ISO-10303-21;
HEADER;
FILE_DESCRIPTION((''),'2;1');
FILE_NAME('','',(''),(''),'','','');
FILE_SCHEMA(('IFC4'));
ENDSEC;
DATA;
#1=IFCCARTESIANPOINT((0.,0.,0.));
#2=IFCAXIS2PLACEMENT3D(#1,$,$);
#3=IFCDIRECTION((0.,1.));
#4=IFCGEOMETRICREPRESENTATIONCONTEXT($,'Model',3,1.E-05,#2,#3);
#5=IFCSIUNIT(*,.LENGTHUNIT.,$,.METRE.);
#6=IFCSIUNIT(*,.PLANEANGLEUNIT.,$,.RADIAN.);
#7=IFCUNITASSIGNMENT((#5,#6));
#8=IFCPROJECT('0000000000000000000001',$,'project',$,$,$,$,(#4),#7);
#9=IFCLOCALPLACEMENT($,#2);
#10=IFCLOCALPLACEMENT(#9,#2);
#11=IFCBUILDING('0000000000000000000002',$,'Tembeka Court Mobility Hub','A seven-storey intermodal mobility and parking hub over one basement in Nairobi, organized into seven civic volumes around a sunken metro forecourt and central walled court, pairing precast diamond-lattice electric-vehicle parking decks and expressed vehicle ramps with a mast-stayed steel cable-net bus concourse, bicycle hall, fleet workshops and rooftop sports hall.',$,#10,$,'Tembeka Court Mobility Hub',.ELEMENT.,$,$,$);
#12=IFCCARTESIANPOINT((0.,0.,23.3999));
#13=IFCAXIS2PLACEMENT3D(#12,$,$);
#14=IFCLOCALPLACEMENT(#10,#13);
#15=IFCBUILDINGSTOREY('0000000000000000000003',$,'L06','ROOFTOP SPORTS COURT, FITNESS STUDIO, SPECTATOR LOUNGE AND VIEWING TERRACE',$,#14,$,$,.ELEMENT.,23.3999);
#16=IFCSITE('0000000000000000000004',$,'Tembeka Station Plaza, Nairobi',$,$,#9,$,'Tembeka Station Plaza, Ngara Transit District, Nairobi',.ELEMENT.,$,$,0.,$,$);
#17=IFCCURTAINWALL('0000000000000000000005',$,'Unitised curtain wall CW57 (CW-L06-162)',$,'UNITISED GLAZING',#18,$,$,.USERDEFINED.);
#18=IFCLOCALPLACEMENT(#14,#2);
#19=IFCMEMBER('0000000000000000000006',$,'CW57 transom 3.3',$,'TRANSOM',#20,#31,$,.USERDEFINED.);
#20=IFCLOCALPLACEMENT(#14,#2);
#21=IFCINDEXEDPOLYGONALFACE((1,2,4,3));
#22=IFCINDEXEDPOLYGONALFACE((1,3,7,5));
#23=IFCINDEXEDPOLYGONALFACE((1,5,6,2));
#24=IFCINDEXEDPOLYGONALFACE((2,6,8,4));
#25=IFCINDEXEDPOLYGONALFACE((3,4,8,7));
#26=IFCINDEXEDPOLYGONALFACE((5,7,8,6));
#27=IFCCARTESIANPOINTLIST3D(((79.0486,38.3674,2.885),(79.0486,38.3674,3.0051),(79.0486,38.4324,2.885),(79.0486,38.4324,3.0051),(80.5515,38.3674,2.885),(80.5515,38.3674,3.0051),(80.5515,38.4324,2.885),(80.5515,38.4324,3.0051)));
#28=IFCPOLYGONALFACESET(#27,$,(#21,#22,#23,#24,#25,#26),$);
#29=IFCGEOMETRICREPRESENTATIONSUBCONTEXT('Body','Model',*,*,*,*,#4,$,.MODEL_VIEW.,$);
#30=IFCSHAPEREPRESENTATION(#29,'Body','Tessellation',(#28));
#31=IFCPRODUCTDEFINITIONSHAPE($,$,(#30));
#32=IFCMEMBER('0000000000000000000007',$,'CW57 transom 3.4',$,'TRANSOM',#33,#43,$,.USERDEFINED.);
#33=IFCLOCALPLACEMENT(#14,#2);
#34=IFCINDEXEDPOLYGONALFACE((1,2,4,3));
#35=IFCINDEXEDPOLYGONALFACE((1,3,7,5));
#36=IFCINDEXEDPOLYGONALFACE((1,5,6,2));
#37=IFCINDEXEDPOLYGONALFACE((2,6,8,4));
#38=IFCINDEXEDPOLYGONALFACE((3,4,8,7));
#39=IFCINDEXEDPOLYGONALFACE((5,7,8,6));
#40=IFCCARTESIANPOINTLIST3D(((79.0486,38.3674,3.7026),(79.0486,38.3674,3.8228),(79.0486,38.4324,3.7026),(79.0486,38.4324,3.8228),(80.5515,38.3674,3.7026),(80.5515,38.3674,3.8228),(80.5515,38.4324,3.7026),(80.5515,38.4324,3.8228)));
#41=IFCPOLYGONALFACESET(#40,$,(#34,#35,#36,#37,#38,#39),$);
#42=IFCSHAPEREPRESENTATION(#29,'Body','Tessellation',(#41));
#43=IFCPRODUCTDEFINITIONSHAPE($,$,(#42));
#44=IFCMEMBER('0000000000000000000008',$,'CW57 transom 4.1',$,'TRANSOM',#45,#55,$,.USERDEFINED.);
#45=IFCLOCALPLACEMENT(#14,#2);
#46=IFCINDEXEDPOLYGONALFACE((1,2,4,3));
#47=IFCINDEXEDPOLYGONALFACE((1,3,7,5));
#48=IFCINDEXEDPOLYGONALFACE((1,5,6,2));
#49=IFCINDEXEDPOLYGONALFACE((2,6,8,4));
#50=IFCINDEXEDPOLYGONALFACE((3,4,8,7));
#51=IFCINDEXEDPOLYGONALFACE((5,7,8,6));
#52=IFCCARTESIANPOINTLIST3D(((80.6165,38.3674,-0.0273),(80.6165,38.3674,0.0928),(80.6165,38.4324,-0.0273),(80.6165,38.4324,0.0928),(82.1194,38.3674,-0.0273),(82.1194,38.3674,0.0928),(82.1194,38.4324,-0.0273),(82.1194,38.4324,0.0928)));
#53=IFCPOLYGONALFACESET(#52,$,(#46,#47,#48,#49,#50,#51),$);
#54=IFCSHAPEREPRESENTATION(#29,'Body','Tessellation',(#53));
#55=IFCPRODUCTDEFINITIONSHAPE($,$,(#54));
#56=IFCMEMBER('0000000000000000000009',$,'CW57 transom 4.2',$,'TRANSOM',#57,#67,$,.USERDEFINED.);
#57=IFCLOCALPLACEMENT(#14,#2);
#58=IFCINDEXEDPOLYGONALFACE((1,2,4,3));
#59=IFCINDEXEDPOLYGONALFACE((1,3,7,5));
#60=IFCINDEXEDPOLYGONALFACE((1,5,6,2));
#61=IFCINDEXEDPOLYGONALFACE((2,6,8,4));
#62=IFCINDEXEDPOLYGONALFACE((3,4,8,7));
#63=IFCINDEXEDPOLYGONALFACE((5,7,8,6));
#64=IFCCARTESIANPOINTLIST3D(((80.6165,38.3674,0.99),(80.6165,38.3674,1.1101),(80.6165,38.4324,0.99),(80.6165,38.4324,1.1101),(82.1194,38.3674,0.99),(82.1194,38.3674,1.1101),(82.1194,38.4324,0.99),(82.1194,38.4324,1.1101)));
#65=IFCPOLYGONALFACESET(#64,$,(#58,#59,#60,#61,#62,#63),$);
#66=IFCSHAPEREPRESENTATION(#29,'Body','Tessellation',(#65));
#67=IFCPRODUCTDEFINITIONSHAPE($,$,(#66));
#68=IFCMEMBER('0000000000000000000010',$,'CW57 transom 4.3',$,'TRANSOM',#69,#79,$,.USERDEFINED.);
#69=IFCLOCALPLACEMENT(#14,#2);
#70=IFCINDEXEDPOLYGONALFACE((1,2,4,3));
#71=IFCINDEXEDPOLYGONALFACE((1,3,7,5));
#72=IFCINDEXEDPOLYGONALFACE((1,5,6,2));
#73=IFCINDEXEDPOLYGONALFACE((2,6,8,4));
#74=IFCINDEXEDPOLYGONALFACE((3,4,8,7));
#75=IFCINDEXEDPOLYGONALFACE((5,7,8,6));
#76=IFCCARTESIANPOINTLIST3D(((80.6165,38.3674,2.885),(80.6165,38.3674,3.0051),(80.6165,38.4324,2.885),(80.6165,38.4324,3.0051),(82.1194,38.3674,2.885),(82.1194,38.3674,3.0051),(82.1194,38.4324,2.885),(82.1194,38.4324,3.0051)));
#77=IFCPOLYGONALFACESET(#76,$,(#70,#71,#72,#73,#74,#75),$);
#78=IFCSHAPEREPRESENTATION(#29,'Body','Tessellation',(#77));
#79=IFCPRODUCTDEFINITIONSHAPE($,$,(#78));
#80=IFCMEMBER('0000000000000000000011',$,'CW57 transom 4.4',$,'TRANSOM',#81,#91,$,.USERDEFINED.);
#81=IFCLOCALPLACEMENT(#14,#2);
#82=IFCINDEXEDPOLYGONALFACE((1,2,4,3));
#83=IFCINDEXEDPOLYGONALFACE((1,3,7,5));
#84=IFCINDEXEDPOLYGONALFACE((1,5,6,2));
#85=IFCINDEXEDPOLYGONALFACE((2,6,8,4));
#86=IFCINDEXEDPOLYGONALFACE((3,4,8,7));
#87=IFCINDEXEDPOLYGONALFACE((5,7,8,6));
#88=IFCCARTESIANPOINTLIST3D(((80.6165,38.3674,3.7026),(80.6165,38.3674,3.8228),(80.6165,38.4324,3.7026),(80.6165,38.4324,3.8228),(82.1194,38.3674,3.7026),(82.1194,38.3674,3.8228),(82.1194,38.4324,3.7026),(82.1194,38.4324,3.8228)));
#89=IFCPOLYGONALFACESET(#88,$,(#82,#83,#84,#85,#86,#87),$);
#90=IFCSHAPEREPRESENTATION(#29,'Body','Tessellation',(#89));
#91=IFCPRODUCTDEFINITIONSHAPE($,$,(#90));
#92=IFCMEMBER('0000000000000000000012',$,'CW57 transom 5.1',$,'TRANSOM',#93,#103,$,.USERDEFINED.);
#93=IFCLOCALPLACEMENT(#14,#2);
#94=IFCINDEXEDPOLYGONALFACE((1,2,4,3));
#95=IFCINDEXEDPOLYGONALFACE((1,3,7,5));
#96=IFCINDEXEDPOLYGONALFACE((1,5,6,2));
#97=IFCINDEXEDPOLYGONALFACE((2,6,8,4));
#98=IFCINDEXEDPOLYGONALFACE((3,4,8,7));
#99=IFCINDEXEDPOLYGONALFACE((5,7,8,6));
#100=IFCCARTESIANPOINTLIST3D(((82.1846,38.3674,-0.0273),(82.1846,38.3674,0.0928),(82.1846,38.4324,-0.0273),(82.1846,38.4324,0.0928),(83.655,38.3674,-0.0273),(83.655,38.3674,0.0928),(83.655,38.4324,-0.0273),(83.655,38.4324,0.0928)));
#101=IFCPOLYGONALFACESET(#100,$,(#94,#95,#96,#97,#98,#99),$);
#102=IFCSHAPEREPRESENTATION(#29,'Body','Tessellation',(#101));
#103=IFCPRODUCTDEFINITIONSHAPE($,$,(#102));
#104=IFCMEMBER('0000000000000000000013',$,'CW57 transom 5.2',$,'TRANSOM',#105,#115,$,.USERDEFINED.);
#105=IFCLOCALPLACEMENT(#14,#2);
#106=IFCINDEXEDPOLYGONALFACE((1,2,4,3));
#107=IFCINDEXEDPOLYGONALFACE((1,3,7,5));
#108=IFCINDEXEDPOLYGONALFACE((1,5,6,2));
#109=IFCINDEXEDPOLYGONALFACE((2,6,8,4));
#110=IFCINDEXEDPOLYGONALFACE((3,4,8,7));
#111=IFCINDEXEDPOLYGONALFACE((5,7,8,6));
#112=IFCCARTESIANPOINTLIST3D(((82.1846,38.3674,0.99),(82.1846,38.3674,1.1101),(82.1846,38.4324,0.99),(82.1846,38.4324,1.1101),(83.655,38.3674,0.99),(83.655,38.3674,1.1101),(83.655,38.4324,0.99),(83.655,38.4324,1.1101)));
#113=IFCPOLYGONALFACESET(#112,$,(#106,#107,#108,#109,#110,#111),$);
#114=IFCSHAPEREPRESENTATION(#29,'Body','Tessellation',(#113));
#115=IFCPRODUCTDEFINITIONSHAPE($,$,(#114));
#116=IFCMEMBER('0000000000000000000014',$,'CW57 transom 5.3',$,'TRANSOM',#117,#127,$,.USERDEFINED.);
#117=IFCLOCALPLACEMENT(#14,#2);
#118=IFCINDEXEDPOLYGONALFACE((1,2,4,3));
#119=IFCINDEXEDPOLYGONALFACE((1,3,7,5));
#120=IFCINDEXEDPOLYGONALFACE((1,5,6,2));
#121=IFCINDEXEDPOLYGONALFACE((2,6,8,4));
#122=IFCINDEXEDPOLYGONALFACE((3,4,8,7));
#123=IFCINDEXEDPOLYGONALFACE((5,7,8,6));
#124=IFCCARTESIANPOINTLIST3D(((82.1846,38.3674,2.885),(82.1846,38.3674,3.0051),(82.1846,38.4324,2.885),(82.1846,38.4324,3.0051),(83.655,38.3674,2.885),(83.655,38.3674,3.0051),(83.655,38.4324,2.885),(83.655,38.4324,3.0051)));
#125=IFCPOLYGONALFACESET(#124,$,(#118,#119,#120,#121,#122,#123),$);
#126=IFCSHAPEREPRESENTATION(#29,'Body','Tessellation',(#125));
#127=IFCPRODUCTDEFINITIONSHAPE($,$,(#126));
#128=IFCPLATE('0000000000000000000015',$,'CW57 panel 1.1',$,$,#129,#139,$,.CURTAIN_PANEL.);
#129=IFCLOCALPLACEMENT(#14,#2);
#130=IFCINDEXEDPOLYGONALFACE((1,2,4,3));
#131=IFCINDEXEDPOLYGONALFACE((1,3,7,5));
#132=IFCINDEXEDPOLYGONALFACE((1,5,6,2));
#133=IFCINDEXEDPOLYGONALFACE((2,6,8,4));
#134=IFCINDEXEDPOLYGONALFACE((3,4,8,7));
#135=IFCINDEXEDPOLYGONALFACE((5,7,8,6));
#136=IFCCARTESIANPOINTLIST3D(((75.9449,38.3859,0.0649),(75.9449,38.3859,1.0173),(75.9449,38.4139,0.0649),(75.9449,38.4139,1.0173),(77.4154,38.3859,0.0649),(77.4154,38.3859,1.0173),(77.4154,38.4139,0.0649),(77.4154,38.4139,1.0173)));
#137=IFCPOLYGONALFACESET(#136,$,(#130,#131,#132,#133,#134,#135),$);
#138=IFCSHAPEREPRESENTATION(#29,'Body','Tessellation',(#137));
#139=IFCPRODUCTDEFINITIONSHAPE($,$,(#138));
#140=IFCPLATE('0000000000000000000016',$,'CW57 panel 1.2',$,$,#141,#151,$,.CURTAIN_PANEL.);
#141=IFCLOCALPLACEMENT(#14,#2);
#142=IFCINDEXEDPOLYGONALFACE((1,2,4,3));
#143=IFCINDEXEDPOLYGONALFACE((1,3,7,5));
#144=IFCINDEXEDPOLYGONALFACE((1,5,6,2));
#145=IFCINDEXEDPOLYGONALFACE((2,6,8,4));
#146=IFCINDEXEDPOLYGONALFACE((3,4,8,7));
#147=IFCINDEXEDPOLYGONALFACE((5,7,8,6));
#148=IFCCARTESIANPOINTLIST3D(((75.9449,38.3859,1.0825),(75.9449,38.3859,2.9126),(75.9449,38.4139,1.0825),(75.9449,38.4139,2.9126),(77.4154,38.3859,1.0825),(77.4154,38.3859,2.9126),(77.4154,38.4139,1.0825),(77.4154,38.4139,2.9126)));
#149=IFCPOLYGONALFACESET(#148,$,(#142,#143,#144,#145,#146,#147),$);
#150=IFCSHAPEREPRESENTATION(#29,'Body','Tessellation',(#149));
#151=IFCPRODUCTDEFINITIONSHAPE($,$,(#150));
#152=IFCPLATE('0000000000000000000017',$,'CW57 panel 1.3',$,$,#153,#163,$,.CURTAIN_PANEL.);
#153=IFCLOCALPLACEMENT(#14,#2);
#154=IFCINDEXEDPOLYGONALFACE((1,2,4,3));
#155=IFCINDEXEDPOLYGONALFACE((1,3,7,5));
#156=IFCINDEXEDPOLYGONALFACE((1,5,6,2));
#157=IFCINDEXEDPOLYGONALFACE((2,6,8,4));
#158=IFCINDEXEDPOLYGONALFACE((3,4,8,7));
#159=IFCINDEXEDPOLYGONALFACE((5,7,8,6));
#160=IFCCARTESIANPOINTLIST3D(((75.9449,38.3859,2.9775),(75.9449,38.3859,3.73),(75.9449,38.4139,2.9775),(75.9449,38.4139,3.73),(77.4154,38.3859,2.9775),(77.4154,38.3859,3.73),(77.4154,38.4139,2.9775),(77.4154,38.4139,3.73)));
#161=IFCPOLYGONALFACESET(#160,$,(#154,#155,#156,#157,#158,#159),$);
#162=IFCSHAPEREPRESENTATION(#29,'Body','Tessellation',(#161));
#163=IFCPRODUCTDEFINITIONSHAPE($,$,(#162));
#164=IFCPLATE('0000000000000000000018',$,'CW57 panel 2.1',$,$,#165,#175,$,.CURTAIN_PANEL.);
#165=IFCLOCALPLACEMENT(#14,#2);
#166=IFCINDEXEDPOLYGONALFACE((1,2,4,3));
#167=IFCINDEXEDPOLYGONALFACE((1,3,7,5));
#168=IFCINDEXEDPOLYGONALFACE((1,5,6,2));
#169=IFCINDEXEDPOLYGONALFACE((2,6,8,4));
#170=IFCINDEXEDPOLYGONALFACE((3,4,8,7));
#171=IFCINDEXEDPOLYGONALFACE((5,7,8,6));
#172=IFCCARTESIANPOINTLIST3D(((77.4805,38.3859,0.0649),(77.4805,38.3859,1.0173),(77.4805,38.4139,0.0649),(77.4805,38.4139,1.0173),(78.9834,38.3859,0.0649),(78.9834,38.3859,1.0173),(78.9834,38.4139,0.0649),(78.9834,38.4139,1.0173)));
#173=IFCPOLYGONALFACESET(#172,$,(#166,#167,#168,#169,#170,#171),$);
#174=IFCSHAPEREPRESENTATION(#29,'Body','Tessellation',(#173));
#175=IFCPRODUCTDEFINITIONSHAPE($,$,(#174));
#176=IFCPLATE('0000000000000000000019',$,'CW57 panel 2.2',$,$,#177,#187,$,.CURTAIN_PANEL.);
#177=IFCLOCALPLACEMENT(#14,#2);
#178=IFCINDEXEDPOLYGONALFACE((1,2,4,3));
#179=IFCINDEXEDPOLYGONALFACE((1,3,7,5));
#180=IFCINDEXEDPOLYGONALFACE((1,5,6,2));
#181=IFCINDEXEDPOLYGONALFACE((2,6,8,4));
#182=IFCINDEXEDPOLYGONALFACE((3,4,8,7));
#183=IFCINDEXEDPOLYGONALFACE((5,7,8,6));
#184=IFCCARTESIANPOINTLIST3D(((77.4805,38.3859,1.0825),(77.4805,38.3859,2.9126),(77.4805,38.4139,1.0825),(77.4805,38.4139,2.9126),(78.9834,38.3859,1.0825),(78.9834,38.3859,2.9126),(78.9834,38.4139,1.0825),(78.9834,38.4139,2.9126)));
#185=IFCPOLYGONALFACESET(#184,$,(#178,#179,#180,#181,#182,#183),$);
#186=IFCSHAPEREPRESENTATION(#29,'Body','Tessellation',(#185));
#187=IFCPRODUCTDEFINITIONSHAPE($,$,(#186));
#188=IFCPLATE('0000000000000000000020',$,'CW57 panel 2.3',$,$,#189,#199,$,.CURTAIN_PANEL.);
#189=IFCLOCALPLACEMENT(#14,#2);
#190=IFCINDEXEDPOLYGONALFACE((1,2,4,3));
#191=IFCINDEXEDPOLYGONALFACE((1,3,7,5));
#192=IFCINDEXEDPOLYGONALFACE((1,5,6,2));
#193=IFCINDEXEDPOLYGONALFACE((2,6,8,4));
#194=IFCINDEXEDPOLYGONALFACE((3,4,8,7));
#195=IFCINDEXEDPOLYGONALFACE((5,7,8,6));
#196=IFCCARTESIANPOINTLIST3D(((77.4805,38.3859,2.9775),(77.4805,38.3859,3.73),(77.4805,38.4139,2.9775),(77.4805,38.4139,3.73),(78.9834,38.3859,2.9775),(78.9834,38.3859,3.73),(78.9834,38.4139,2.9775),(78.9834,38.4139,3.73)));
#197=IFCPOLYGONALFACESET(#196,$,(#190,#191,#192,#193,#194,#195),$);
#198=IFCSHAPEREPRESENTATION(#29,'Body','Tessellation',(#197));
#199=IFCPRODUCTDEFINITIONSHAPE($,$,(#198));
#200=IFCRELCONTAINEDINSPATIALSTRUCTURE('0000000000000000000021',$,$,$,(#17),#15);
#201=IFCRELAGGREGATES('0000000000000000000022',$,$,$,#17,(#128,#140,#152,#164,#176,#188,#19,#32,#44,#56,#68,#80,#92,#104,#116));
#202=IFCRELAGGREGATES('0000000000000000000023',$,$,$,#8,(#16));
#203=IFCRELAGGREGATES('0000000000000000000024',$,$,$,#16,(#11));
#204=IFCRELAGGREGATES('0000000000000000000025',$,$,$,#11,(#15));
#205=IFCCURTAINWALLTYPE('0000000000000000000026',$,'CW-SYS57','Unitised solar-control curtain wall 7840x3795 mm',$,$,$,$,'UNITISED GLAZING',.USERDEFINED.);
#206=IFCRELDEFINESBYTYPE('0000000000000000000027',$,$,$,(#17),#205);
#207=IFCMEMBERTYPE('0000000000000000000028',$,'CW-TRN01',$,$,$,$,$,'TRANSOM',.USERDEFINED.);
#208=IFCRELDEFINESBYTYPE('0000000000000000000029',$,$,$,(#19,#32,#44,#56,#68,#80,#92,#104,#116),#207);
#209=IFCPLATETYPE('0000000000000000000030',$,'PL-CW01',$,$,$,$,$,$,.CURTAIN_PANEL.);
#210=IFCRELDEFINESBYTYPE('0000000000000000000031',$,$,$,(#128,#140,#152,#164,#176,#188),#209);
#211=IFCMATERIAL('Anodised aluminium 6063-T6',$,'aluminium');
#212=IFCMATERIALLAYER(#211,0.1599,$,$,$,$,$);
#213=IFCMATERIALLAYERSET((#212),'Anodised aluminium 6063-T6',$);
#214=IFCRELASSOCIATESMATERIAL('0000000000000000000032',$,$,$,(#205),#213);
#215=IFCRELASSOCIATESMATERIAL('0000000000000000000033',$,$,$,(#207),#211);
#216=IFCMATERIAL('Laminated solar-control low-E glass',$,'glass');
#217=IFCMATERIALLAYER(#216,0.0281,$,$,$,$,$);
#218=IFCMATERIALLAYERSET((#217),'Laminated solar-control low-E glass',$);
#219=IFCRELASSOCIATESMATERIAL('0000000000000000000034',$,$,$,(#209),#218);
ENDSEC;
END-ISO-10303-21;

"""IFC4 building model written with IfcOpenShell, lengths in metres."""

from ifc_helpers import new_model, si_unit, direction, frame, origin, origin_2d, place, context, subcontext, project, spatial, rectangle, extrude, material, layer, layer_set, material_profile, profile_set, type_object, element, aggregate, save


model = new_model("IFC4")

# Units and contexts
model_context = context("Model", 3, precision=1e-05, world=origin(), true_north=direction((0.0, 1.0)))
body_context = subcontext(model_context, "Body", "Model", "MODEL_VIEW")
ifc_project = project(units=[si_unit("LENGTHUNIT", "METRE"), si_unit("PLANEANGLEUNIT", "RADIAN")], contexts=[model_context])

# Site, building, storey
site_placement = place(None, origin())
site = spatial("IfcSite", under=ifc_project, at=site_placement, Name="Tembeka Station Plaza, Nairobi", LongName="Tembeka Station Plaza, Ngara Transit District, Nairobi", CompositionType="ELEMENT", RefElevation=0.0)
building_placement = place(site_placement, origin())
building = spatial("IfcBuilding", under=site, at=building_placement, Name="Tembeka Court Mobility Hub", Description="A seven-storey intermodal mobility and parking hub over one basement in Nairobi, organized into seven civic volumes around a sunken metro forecourt and central walled court, pairing precast diamond-lattice electric-vehicle parking decks and expressed vehicle ramps with a mast-stayed steel cable-net bus concourse, bicycle hall, fleet workshops and rooftop sports hall.", LongName="Tembeka Court Mobility Hub", CompositionType="ELEMENT")
storey_placement = place(building_placement, frame((0.0, 0.0, 23.3999)))
storey = spatial("IfcBuildingStorey", under=building, at=storey_placement, Name="L06", Description="ROOFTOP SPORTS COURT, FITNESS STUDIO, SPECTATOR LOUNGE AND VIEWING TERRACE", CompositionType="ELEMENT", Elevation=23.3999)

# Curtain wall, members, plates
ifc_material_1 = material(Name="Anodised aluminium 6063-T6", Category="aluminium")
ifc_layer_1 = layer(ifc_material_1, 0.1599)
ifc_layer_set_1 = layer_set([ifc_layer_1], Name="Anodised aluminium 6063-T6")
curtain_wall_type = type_object("IfcCurtainWallType", Name="CW-SYS57", Description="Unitised solar-control curtain wall 7840x3795 mm", ElementType="UNITISED GLAZING", PredefinedType="USERDEFINED", material=ifc_layer_set_1)
curtain_wall_placement = place(storey_placement, origin())
curtain_wall = element("IfcCurtainWall", 1, at=curtain_wall_placement, inside=storey, type_object=curtain_wall_type, Name="Unitised curtain wall CW57 (CW-L06-162)", ObjectType="UNITISED GLAZING", PredefinedType="USERDEFINED")
ifc_material_profile_1 = material_profile(ifc_material_1, rectangle(XDim=0.0649, YDim=0.1201, at=origin_2d()), Name="ALU-TRN 65x120")
ifc_profile_set_1 = profile_set([ifc_material_profile_1], Name="Anodised aluminium 6063-T6")
member_type_1 = type_object("IfcMemberType", Name="CW-TRN01", ElementType="TRANSOM", PredefinedType="USERDEFINED", material=ifc_profile_set_1)
member_1_placement = place(storey_placement, frame((79.0486, 38.3999, 2.9451), z_axis=(1.0, 0.0, 0.0), x_axis=(0.0, 1.0, 0.0)))
member_1 = element("IfcMember", 2, at=member_1_placement, type_object=member_type_1, Name="CW57 transom 3.3", ObjectType="TRANSOM", PredefinedType="USERDEFINED", context=body_context, shape_type="SweptSolid", body=[
    extrude(rectangle(XDim=0.0649, YDim=0.1201, at=origin_2d()), origin(), (0.0, 0.0, 1.0), 1.5029),
])
member_2_placement = place(storey_placement, frame((79.0486, 38.3999, 3.7627), z_axis=(1.0, 0.0, 0.0), x_axis=(0.0, 1.0, 0.0)))
member_2 = element("IfcMember", 3, at=member_2_placement, type_object=member_type_1, Name="CW57 transom 3.4", ObjectType="TRANSOM", PredefinedType="USERDEFINED", context=body_context, shape_type="SweptSolid", body=[
    extrude(rectangle(XDim=0.0649, YDim=0.1201, at=origin_2d()), origin(), (0.0, 0.0, 1.0), 1.5029),
])
member_3_placement = place(storey_placement, frame((80.6165, 38.3999, 0.0327), z_axis=(1.0, 0.0, 0.0), x_axis=(0.0, 1.0, 0.0)))
member_3 = element("IfcMember", 4, at=member_3_placement, type_object=member_type_1, Name="CW57 transom 4.1", ObjectType="TRANSOM", PredefinedType="USERDEFINED", context=body_context, shape_type="SweptSolid", body=[
    extrude(rectangle(XDim=0.0649, YDim=0.1201, at=origin_2d()), origin(), (0.0, 0.0, 1.0), 1.5029),
])
member_4_placement = place(storey_placement, frame((80.6165, 38.3999, 1.05), z_axis=(1.0, 0.0, 0.0), x_axis=(0.0, 1.0, 0.0)))
member_4 = element("IfcMember", 5, at=member_4_placement, type_object=member_type_1, Name="CW57 transom 4.2", ObjectType="TRANSOM", PredefinedType="USERDEFINED", context=body_context, shape_type="SweptSolid", body=[
    extrude(rectangle(XDim=0.0649, YDim=0.1201, at=origin_2d()), origin(), (0.0, 0.0, 1.0), 1.5029),
])
member_5_placement = place(storey_placement, frame((80.6165, 38.3999, 2.9451), z_axis=(1.0, 0.0, 0.0), x_axis=(0.0, 1.0, 0.0)))
member_5 = element("IfcMember", 6, at=member_5_placement, type_object=member_type_1, Name="CW57 transom 4.3", ObjectType="TRANSOM", PredefinedType="USERDEFINED", context=body_context, shape_type="SweptSolid", body=[
    extrude(rectangle(XDim=0.0649, YDim=0.1201, at=origin_2d()), origin(), (0.0, 0.0, 1.0), 1.5029),
])
member_6_placement = place(storey_placement, frame((80.6165, 38.3999, 3.7627), z_axis=(1.0, 0.0, 0.0), x_axis=(0.0, 1.0, 0.0)))
member_6 = element("IfcMember", 7, at=member_6_placement, type_object=member_type_1, Name="CW57 transom 4.4", ObjectType="TRANSOM", PredefinedType="USERDEFINED", context=body_context, shape_type="SweptSolid", body=[
    extrude(rectangle(XDim=0.0649, YDim=0.1201, at=origin_2d()), origin(), (0.0, 0.0, 1.0), 1.5029),
])
member_7_placement = place(storey_placement, frame((82.1846, 38.3999, 0.0327), z_axis=(1.0, 0.0, 0.0), x_axis=(0.0, 1.0, 0.0)))
member_7 = element("IfcMember", 8, at=member_7_placement, type_object=member_type_1, Name="CW57 transom 5.1", ObjectType="TRANSOM", PredefinedType="USERDEFINED", context=body_context, shape_type="SweptSolid", body=[
    extrude(rectangle(XDim=0.0649, YDim=0.1201, at=origin_2d()), origin(), (0.0, 0.0, 1.0), 1.4705),
])
member_8_placement = place(storey_placement, frame((82.1846, 38.3999, 1.05), z_axis=(1.0, 0.0, 0.0), x_axis=(0.0, 1.0, 0.0)))
member_8 = element("IfcMember", 9, at=member_8_placement, type_object=member_type_1, Name="CW57 transom 5.2", ObjectType="TRANSOM", PredefinedType="USERDEFINED", context=body_context, shape_type="SweptSolid", body=[
    extrude(rectangle(XDim=0.0649, YDim=0.1201, at=origin_2d()), origin(), (0.0, 0.0, 1.0), 1.4705),
])
member_9_placement = place(storey_placement, frame((82.1846, 38.3999, 2.9451), z_axis=(1.0, 0.0, 0.0), x_axis=(0.0, 1.0, 0.0)))
member_9 = element("IfcMember", 10, at=member_9_placement, type_object=member_type_1, Name="CW57 transom 5.3", ObjectType="TRANSOM", PredefinedType="USERDEFINED", context=body_context, shape_type="SweptSolid", body=[
    extrude(rectangle(XDim=0.0649, YDim=0.1201, at=origin_2d()), origin(), (0.0, 0.0, 1.0), 1.4705),
])
ifc_material_2 = material(Name="Laminated solar-control low-E glass", Category="glass")
ifc_layer_2 = layer(ifc_material_2, 0.0281)
ifc_layer_set_2 = layer_set([ifc_layer_2], Name="Laminated solar-control low-E glass")
plate_type = type_object("IfcPlateType", Name="PL-CW01", PredefinedType="CURTAIN_PANEL", material=ifc_layer_set_2)
plate_1_placement = place(storey_placement, frame((76.6802, 38.3999, 0.0649), z_axis=(0.0, 0.0, 1.0), x_axis=(1.0, 0.0, 0.0)))
plate_1 = element("IfcPlate", 11, at=plate_1_placement, type_object=plate_type, Name="CW57 panel 1.1", PredefinedType="CURTAIN_PANEL", context=body_context, shape_type="SweptSolid", body=[
    extrude(rectangle(XDim=1.4705, YDim=0.0281, at=origin_2d()), origin(), (0.0, 0.0, 1.0), 0.9524),
])
plate_2_placement = place(storey_placement, frame((76.6802, 38.3999, 1.0825), z_axis=(0.0, 0.0, 1.0), x_axis=(1.0, 0.0, 0.0)))
plate_2 = element("IfcPlate", 12, at=plate_2_placement, type_object=plate_type, Name="CW57 panel 1.2", PredefinedType="CURTAIN_PANEL", context=body_context, shape_type="SweptSolid", body=[
    extrude(rectangle(XDim=1.4705, YDim=0.0281, at=origin_2d()), origin(), (0.0, 0.0, 1.0), 1.8301),
])
plate_3_placement = place(storey_placement, frame((76.6802, 38.3999, 2.9775), z_axis=(0.0, 0.0, 1.0), x_axis=(1.0, 0.0, 0.0)))
plate_3 = element("IfcPlate", 13, at=plate_3_placement, type_object=plate_type, Name="CW57 panel 1.3", PredefinedType="CURTAIN_PANEL", context=body_context, shape_type="SweptSolid", body=[
    extrude(rectangle(XDim=1.4705, YDim=0.0281, at=origin_2d()), origin(), (0.0, 0.0, 1.0), 0.7524),
])
plate_4_placement = place(storey_placement, frame((78.2319, 38.3999, 0.0649), z_axis=(0.0, 0.0, 1.0), x_axis=(1.0, 0.0, 0.0)))
plate_4 = element("IfcPlate", 14, at=plate_4_placement, type_object=plate_type, Name="CW57 panel 2.1", PredefinedType="CURTAIN_PANEL", context=body_context, shape_type="SweptSolid", body=[
    extrude(rectangle(XDim=1.5029, YDim=0.0281, at=origin_2d()), origin(), (0.0, 0.0, 1.0), 0.9524),
])
plate_5_placement = place(storey_placement, frame((78.2319, 38.3999, 1.0825), z_axis=(0.0, 0.0, 1.0), x_axis=(1.0, 0.0, 0.0)))
plate_5 = element("IfcPlate", 15, at=plate_5_placement, type_object=plate_type, Name="CW57 panel 2.2", PredefinedType="CURTAIN_PANEL", context=body_context, shape_type="SweptSolid", body=[
    extrude(rectangle(XDim=1.5029, YDim=0.0281, at=origin_2d()), origin(), (0.0, 0.0, 1.0), 1.8301),
])
plate_6_placement = place(storey_placement, frame((78.2319, 38.3999, 2.9775), z_axis=(0.0, 0.0, 1.0), x_axis=(1.0, 0.0, 0.0)))
plate_6 = element("IfcPlate", 16, at=plate_6_placement, type_object=plate_type, Name="CW57 panel 2.3", PredefinedType="CURTAIN_PANEL", context=body_context, shape_type="SweptSolid", body=[
    extrude(rectangle(XDim=1.5029, YDim=0.0281, at=origin_2d()), origin(), (0.0, 0.0, 1.0), 0.7524),
])
aggregate(curtain_wall, [plate_1, plate_2, plate_3, plate_4, plate_5, plate_6, member_1, member_2, member_3, member_4, member_5, member_6, member_7, member_8, member_9])

save(model, "model.ifc")
